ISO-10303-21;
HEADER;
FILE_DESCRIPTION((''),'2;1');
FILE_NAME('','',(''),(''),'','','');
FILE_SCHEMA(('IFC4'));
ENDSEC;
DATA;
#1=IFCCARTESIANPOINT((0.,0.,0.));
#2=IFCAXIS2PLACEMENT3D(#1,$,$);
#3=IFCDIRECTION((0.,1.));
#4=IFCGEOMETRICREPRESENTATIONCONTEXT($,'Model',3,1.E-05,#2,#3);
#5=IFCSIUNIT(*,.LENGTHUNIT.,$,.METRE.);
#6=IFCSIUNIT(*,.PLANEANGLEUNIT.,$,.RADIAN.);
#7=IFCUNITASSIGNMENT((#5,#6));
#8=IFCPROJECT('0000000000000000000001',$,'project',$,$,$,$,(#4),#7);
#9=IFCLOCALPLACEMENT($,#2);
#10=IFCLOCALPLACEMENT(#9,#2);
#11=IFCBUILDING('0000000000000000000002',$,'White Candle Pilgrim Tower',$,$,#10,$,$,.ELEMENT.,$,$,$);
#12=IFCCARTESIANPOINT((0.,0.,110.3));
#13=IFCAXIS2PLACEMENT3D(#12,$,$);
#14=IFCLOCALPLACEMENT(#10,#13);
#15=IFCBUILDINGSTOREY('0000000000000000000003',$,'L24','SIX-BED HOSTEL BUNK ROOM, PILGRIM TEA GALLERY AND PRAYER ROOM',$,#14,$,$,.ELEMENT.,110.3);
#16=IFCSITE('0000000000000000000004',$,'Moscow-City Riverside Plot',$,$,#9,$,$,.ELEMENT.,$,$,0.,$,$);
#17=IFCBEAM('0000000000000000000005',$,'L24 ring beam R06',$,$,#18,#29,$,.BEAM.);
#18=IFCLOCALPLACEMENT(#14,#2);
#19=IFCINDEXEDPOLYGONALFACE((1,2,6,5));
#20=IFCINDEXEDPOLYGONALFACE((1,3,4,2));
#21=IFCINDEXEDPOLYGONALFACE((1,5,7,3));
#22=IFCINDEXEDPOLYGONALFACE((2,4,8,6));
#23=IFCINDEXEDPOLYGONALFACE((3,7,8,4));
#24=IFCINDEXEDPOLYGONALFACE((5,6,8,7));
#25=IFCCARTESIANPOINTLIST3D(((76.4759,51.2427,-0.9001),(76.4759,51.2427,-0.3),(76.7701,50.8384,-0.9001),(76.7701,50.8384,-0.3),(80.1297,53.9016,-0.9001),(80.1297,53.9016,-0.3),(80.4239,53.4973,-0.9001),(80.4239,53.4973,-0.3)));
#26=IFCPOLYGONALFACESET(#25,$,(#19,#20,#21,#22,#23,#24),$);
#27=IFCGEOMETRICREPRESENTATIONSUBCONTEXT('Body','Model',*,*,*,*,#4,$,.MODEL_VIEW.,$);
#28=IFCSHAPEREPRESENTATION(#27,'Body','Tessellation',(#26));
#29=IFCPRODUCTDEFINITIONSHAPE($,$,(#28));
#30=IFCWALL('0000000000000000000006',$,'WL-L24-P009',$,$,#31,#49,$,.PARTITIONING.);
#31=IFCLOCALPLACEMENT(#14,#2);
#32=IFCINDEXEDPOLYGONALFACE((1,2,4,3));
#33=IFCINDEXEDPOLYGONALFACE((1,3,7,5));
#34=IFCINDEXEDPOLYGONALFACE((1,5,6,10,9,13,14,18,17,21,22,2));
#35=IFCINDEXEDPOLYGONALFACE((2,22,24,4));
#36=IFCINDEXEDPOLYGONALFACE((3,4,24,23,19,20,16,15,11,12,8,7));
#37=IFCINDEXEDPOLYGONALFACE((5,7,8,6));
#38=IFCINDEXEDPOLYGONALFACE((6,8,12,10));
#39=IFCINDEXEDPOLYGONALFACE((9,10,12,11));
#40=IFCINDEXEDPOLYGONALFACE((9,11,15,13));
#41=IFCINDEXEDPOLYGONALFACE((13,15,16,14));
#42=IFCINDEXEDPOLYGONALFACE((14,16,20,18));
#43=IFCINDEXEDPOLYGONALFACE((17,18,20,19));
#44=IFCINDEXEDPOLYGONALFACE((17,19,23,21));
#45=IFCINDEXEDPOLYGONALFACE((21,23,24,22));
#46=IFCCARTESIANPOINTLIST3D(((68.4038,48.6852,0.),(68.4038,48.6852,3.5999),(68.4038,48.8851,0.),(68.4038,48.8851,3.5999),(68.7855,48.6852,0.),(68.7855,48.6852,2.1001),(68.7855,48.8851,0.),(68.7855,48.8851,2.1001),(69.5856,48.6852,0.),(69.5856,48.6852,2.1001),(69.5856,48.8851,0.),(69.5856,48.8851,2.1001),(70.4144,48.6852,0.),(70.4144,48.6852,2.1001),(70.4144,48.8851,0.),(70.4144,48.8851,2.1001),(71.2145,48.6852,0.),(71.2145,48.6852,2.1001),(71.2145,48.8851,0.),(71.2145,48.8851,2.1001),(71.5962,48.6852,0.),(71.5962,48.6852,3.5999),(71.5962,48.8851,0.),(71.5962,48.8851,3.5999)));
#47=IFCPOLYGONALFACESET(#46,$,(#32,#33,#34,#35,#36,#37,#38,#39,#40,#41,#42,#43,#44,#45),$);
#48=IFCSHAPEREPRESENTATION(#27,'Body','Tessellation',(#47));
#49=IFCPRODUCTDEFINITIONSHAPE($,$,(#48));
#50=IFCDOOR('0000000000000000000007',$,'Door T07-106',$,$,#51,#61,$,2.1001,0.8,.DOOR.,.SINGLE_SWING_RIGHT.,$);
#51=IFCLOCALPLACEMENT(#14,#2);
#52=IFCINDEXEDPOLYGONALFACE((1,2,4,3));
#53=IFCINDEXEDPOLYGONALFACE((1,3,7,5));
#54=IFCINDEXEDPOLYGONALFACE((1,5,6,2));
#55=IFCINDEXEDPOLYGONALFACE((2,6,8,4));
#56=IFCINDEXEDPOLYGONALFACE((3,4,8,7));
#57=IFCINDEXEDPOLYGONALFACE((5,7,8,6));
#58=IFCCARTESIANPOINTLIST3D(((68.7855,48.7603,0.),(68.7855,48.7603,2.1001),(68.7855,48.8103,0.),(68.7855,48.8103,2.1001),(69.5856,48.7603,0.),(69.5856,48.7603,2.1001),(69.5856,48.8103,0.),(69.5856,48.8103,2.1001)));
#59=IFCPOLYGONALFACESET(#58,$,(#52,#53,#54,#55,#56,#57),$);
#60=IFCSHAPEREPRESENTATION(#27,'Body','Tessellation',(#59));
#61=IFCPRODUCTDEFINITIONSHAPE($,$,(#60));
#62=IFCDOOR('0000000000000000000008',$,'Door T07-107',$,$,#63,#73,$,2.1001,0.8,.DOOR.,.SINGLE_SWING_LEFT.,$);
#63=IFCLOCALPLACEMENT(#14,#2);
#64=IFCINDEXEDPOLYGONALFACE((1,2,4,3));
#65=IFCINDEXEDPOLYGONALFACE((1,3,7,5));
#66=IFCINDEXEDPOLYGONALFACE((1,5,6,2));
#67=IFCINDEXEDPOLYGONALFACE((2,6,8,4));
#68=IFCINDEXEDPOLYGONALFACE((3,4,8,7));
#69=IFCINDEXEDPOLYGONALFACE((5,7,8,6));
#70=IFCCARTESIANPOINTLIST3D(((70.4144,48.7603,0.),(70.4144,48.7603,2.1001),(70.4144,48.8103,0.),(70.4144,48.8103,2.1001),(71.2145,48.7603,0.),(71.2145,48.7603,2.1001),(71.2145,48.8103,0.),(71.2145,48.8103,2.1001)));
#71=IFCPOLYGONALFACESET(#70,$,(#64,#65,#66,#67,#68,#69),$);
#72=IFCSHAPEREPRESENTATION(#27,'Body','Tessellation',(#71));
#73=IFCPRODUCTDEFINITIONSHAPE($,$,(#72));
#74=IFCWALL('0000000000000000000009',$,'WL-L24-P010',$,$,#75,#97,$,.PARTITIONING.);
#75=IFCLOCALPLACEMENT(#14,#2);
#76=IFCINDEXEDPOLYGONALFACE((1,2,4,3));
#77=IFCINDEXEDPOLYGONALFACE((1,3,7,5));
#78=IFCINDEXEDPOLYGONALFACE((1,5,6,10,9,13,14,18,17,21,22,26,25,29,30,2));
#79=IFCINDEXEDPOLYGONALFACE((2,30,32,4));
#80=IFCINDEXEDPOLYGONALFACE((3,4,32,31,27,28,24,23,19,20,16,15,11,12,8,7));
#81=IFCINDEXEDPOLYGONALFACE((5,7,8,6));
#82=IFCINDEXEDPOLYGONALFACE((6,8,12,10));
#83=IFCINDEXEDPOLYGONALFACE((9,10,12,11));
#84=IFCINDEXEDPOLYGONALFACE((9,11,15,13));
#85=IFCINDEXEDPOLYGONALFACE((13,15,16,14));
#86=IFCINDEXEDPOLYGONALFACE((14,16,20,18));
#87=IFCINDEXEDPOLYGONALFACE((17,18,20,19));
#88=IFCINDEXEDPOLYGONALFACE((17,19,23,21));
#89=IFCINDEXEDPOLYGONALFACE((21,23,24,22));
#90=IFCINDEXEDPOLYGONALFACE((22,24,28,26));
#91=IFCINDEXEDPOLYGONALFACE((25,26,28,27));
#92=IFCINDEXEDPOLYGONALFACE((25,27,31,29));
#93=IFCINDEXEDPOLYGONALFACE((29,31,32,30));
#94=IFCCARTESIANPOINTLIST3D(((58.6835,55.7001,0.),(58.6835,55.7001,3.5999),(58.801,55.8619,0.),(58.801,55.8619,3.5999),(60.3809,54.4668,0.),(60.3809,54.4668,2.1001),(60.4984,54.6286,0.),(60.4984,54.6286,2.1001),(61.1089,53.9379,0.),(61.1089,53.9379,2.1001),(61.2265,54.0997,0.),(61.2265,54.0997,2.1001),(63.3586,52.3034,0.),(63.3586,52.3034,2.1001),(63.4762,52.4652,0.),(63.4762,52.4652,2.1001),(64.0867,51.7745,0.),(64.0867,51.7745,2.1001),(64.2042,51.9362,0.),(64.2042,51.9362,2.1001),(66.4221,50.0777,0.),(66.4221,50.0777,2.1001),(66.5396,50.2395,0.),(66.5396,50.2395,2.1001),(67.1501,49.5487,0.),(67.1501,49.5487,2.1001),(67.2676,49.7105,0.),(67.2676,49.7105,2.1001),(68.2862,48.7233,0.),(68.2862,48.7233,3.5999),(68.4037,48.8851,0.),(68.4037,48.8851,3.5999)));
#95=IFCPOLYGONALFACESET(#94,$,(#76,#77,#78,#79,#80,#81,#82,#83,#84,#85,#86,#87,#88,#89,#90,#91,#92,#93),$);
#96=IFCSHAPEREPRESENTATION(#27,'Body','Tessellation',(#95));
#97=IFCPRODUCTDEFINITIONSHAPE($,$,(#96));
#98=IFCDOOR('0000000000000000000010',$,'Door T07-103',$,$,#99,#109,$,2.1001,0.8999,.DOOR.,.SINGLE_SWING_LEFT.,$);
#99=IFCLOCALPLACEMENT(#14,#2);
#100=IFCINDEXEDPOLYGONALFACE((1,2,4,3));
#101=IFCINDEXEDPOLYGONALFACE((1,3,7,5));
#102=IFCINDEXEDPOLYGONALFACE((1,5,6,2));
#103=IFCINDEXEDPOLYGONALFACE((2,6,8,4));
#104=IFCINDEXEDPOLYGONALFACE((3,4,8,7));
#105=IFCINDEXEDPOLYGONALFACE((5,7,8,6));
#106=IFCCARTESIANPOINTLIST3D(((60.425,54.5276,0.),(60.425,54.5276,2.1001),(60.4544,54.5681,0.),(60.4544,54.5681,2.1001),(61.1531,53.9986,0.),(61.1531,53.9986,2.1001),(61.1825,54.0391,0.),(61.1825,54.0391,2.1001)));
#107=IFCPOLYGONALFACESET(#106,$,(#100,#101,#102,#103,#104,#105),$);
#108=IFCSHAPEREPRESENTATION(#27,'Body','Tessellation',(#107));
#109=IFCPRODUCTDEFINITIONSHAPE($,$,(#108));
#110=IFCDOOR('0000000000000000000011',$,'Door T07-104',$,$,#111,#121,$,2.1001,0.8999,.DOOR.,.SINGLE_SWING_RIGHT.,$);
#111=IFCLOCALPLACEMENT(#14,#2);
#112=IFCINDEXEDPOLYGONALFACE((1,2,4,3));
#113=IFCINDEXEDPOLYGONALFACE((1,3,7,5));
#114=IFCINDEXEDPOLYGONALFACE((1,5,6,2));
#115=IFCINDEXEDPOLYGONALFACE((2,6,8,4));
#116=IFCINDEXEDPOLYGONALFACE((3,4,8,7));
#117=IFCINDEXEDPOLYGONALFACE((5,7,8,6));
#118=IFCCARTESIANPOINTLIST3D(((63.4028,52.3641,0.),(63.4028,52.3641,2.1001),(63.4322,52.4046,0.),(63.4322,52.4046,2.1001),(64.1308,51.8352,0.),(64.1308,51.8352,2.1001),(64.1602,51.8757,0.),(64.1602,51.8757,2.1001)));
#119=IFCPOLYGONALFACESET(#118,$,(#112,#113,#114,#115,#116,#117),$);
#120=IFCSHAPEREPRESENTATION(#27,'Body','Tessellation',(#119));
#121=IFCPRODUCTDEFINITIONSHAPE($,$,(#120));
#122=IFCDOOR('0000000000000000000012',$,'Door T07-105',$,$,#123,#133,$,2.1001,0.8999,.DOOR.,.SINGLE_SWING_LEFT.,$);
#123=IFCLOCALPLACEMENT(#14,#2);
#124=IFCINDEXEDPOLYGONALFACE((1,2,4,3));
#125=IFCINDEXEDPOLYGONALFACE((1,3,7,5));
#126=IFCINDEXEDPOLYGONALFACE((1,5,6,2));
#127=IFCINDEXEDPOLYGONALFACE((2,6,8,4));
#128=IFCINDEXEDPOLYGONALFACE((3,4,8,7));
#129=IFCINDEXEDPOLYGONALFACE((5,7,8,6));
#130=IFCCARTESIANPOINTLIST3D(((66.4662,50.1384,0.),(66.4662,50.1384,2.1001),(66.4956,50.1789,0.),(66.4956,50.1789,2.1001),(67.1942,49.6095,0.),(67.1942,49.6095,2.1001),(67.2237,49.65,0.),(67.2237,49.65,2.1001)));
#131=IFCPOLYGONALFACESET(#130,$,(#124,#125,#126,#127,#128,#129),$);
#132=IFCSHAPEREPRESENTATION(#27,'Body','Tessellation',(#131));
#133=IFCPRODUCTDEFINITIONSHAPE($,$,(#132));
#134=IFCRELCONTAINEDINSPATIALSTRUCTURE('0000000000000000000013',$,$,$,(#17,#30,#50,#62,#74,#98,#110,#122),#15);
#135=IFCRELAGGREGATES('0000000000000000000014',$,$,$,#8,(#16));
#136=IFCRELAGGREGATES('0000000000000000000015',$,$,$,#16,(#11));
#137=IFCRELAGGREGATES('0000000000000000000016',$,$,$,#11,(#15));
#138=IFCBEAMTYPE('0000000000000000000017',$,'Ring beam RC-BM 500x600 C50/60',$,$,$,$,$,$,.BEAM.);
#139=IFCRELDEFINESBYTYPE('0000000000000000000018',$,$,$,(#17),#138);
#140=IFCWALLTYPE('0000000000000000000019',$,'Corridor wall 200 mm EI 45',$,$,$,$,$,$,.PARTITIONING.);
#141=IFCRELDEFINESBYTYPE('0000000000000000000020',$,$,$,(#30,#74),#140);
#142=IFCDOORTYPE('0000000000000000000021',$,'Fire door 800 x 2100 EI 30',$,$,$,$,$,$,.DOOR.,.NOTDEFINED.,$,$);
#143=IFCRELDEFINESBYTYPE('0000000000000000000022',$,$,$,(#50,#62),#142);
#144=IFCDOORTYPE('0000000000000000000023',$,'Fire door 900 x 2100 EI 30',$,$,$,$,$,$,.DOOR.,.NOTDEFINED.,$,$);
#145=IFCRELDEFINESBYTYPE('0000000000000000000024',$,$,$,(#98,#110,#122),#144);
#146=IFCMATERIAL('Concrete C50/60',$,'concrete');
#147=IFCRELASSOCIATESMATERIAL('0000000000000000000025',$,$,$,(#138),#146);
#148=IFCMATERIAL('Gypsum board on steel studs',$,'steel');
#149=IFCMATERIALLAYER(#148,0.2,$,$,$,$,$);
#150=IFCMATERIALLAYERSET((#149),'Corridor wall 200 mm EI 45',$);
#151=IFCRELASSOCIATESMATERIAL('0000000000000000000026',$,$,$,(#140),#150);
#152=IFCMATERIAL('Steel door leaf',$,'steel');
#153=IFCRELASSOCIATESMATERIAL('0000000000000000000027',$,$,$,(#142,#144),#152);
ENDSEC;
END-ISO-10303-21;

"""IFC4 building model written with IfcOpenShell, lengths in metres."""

from ifc_helpers import new_model, si_unit, direction, frame, frame_2d, origin, origin_2d, place, context, subcontext, project, spatial, rectangle, extrude, material, layer, layer_set, material_profile, profile_set, type_object, element, fill, save


model = new_model("IFC4")

# Units and contexts
model_context = context("Model", 3, precision=1e-05, world=origin(), true_north=direction((0.0, 1.0)))
body_context = subcontext(model_context, "Body", "Model", "MODEL_VIEW")
ifc_project = project(units=[si_unit("LENGTHUNIT", "METRE"), si_unit("PLANEANGLEUNIT", "RADIAN")], contexts=[model_context])

# Site, building, storey
site_placement = place(None, origin())
site = spatial("IfcSite", under=ifc_project, at=site_placement, Name="Moscow-City Riverside Plot", CompositionType="ELEMENT", RefElevation=0.0)
building_placement = place(site_placement, origin())
building = spatial("IfcBuilding", under=site, at=building_placement, Name="White Candle Pilgrim Tower", CompositionType="ELEMENT")
storey_placement = place(building_placement, frame((0.0, 0.0, 110.3)))
storey = spatial("IfcBuildingStorey", under=building, at=storey_placement, Name="L24", Description="SIX-BED HOSTEL BUNK ROOM, PILGRIM TEA GALLERY AND PRAYER ROOM", CompositionType="ELEMENT", Elevation=110.3)

# Beam
ifc_material_1 = material(Name="Concrete C50/60", Category="concrete")
ifc_material_profile_1 = material_profile(ifc_material_1, rectangle(XDim=0.5, YDim=0.6001, at=origin_2d()), Name="RC-BM 500x600")
ifc_profile_set_1 = profile_set([ifc_material_profile_1], Name="Concrete C50/60")
beam_type = type_object("IfcBeamType", Name="Ring beam RC-BM 500x600 C50/60", PredefinedType="BEAM", material=ifc_profile_set_1)
beam_1_placement = place(storey_placement, frame((76.623, 51.0405, -0.6001), z_axis=(0.808566, 0.588406, 0.0), x_axis=(-0.588406, 0.808566, 0.0)))
element("IfcBeam", 1, at=beam_1_placement, inside=storey, type_object=beam_type, Name="L24 ring beam R06", PredefinedType="BEAM", context=body_context, shape_type="SweptSolid", body=[
    extrude(rectangle(XDim=0.5, YDim=0.6001, at=origin_2d()), origin(), (0.0, 0.0, 1.0), 4.5188),
])

# Walls, openings, doors
ifc_material_2 = material(Name="Gypsum board on steel studs", Category="steel")
ifc_layer_1 = layer(ifc_material_2, 0.2)
ifc_layer_set_1 = layer_set([ifc_layer_1], Name="Corridor wall 200 mm EI 45")
wall_type_1 = type_object("IfcWallType", Name="Corridor wall 200 mm EI 45", PredefinedType="PARTITIONING", material=ifc_layer_set_1)
wall_1_placement = place(storey_placement, frame((71.5962, 48.7852, 0.0), z_axis=(0.0, 0.0, 1.0), x_axis=(-1.0, 0.0, 0.0)))
wall_1 = element("IfcWall", 2, at=wall_1_placement, inside=storey, type_object=wall_type_1, Name="WL-L24-P009", PredefinedType="PARTITIONING", context=body_context, shape_type="SweptSolid", body=[
    extrude(rectangle(XDim=3.1924, YDim=0.2, at=frame_2d((1.5962, 0.0))), origin(), (0.0, 0.0, 1.0), 3.5999),
])
opening_1_placement = place(wall_1_placement, frame((2.0107, 0.0, 0.0)))
opening_1 = element("IfcOpeningElement", 3, at=opening_1_placement, cuts=wall_1, PredefinedType="OPENING", context=body_context, shape_type="SweptSolid", body=[
    extrude(rectangle(XDim=0.8, YDim=2.1001, at=frame_2d((0.3999, 1.05))), frame((0.0, 0.1099, 0.0), z_axis=(0.0, -1.0, 0.0), x_axis=(1.0, 0.0, 0.0)), (0.0, 0.0, 1.0), 0.22),
])
opening_2_placement = place(wall_1_placement, frame((0.3818, 0.0, 0.0)))
opening_2 = element("IfcOpeningElement", 4, at=opening_2_placement, cuts=wall_1, PredefinedType="OPENING", context=body_context, shape_type="SweptSolid", body=[
    extrude(rectangle(XDim=0.8, YDim=2.1001, at=frame_2d((0.3999, 1.05))), frame((0.0, 0.1099, 0.0), z_axis=(0.0, -1.0, 0.0), x_axis=(1.0, 0.0, 0.0)), (0.0, 0.0, 1.0), 0.22),
])
ifc_material_3 = material(Name="Steel door leaf", Category="steel")
door_type_1 = type_object("IfcDoorType", Name="Fire door 800 x 2100 EI 30", OperationType="NOTDEFINED", PredefinedType="DOOR", material=ifc_material_3)
door_1_placement = place(opening_1_placement, origin())
door_1 = element("IfcDoor", 5, at=door_1_placement, inside=storey, type_object=door_type_1, Name="Door T07-106", OperationType="SINGLE_SWING_RIGHT", OverallHeight=2.1001, OverallWidth=0.8, PredefinedType="DOOR", context=body_context, shape_type="SweptSolid", body=[
    extrude(rectangle(XDim=0.8, YDim=2.1001, at=frame_2d((0.3999, 1.05))), frame((0.0, 0.0249, 0.0), z_axis=(0.0, -1.0, 0.0), x_axis=(1.0, 0.0, 0.0)), (0.0, 0.0, 1.0), 0.05),
])
fill(opening_1, door_1)
door_2_placement = place(opening_2_placement, origin())
door_2 = element("IfcDoor", 6, at=door_2_placement, inside=storey, type_object=door_type_1, Name="Door T07-107", OperationType="SINGLE_SWING_LEFT", OverallHeight=2.1001, OverallWidth=0.8, PredefinedType="DOOR", context=body_context, shape_type="SweptSolid", body=[
    extrude(rectangle(XDim=0.8, YDim=2.1001, at=frame_2d((0.3999, 1.05))), frame((0.0, 0.0249, 0.0), z_axis=(0.0, -1.0, 0.0), x_axis=(1.0, 0.0, 0.0)), (0.0, 0.0, 1.0), 0.05),
])
fill(opening_2, door_2)
wall_2_placement = place(storey_placement, frame((68.345, 48.8042, 0.0), z_axis=(0.0, 0.0, 1.0), x_axis=(-0.809018, 0.587784, 0.0)))
wall_2 = element("IfcWall", 7, at=wall_2_placement, inside=storey, type_object=wall_type_1, Name="WL-L24-P010", PredefinedType="PARTITIONING", context=body_context, shape_type="SweptSolid", body=[
    extrude(rectangle(XDim=11.8696, YDim=0.2, at=frame_2d((5.9348, 0.0))), origin(), (0.0, 0.0, 1.0), 3.5999),
])
opening_3_placement = place(wall_2_placement, frame((8.8716, 0.0, 0.0)))
opening_3 = element("IfcOpeningElement", 8, at=opening_3_placement, cuts=wall_2, PredefinedType="OPENING", context=body_context, shape_type="SweptSolid", body=[
    extrude(rectangle(XDim=0.8999, YDim=2.1001, at=frame_2d((0.45, 1.05))), frame((0.0, 0.1099, 0.0), z_axis=(0.0, -1.0, 0.0), x_axis=(1.0, 0.0, 0.0)), (0.0, 0.0, 1.0), 0.22),
])
opening_4_placement = place(wall_2_placement, frame((5.1909, 0.0, 0.0)))
opening_4 = element("IfcOpeningElement", 9, at=opening_4_placement, cuts=wall_2, PredefinedType="OPENING", context=body_context, shape_type="SweptSolid", body=[
    extrude(rectangle(XDim=0.8999, YDim=2.1001, at=frame_2d((0.45, 1.05))), frame((0.0, 0.1099, 0.0), z_axis=(0.0, -1.0, 0.0), x_axis=(1.0, 0.0, 0.0)), (0.0, 0.0, 1.0), 0.22),
])
opening_5_placement = place(wall_2_placement, frame((1.4043, 0.0, 0.0)))
opening_5 = element("IfcOpeningElement", 10, at=opening_5_placement, cuts=wall_2, PredefinedType="OPENING", context=body_context, shape_type="SweptSolid", body=[
    extrude(rectangle(XDim=0.8999, YDim=2.1001, at=frame_2d((0.45, 1.05))), frame((0.0, 0.1099, 0.0), z_axis=(0.0, -1.0, 0.0), x_axis=(1.0, 0.0, 0.0)), (0.0, 0.0, 1.0), 0.22),
])
door_type_2 = type_object("IfcDoorType", Name="Fire door 900 x 2100 EI 30", OperationType="NOTDEFINED", PredefinedType="DOOR", material=ifc_material_3)
door_3_placement = place(opening_3_placement, origin())
door_3 = element("IfcDoor", 11, at=door_3_placement, inside=storey, type_object=door_type_2, Name="Door T07-103", OperationType="SINGLE_SWING_LEFT", OverallHeight=2.1001, OverallWidth=0.8999, PredefinedType="DOOR", context=body_context, shape_type="SweptSolid", body=[
    extrude(rectangle(XDim=0.8999, YDim=2.1001, at=frame_2d((0.45, 1.05))), frame((0.0, 0.0249, 0.0), z_axis=(0.0, -1.0, 0.0), x_axis=(1.0, 0.0, 0.0)), (0.0, 0.0, 1.0), 0.05),
])
fill(opening_3, door_3)
door_4_placement = place(opening_4_placement, origin())
door_4 = element("IfcDoor", 12, at=door_4_placement, inside=storey, type_object=door_type_2, Name="Door T07-104", OperationType="SINGLE_SWING_RIGHT", OverallHeight=2.1001, OverallWidth=0.8999, PredefinedType="DOOR", context=body_context, shape_type="SweptSolid", body=[
    extrude(rectangle(XDim=0.8999, YDim=2.1001, at=frame_2d((0.45, 1.05))), frame((0.0, 0.0249, 0.0), z_axis=(0.0, -1.0, 0.0), x_axis=(1.0, 0.0, 0.0)), (0.0, 0.0, 1.0), 0.05),
])
fill(opening_4, door_4)
door_5_placement = place(opening_5_placement, origin())
door_5 = element("IfcDoor", 13, at=door_5_placement, inside=storey, type_object=door_type_2, Name="Door T07-105", OperationType="SINGLE_SWING_LEFT", OverallHeight=2.1001, OverallWidth=0.8999, PredefinedType="DOOR", context=body_context, shape_type="SweptSolid", body=[
    extrude(rectangle(XDim=0.8999, YDim=2.1001, at=frame_2d((0.45, 1.05))), frame((0.0, 0.0249, 0.0), z_axis=(0.0, -1.0, 0.0), x_axis=(1.0, 0.0, 0.0)), (0.0, 0.0, 1.0), 0.05),
])
fill(opening_5, door_5)

save(model, "model.ifc")
